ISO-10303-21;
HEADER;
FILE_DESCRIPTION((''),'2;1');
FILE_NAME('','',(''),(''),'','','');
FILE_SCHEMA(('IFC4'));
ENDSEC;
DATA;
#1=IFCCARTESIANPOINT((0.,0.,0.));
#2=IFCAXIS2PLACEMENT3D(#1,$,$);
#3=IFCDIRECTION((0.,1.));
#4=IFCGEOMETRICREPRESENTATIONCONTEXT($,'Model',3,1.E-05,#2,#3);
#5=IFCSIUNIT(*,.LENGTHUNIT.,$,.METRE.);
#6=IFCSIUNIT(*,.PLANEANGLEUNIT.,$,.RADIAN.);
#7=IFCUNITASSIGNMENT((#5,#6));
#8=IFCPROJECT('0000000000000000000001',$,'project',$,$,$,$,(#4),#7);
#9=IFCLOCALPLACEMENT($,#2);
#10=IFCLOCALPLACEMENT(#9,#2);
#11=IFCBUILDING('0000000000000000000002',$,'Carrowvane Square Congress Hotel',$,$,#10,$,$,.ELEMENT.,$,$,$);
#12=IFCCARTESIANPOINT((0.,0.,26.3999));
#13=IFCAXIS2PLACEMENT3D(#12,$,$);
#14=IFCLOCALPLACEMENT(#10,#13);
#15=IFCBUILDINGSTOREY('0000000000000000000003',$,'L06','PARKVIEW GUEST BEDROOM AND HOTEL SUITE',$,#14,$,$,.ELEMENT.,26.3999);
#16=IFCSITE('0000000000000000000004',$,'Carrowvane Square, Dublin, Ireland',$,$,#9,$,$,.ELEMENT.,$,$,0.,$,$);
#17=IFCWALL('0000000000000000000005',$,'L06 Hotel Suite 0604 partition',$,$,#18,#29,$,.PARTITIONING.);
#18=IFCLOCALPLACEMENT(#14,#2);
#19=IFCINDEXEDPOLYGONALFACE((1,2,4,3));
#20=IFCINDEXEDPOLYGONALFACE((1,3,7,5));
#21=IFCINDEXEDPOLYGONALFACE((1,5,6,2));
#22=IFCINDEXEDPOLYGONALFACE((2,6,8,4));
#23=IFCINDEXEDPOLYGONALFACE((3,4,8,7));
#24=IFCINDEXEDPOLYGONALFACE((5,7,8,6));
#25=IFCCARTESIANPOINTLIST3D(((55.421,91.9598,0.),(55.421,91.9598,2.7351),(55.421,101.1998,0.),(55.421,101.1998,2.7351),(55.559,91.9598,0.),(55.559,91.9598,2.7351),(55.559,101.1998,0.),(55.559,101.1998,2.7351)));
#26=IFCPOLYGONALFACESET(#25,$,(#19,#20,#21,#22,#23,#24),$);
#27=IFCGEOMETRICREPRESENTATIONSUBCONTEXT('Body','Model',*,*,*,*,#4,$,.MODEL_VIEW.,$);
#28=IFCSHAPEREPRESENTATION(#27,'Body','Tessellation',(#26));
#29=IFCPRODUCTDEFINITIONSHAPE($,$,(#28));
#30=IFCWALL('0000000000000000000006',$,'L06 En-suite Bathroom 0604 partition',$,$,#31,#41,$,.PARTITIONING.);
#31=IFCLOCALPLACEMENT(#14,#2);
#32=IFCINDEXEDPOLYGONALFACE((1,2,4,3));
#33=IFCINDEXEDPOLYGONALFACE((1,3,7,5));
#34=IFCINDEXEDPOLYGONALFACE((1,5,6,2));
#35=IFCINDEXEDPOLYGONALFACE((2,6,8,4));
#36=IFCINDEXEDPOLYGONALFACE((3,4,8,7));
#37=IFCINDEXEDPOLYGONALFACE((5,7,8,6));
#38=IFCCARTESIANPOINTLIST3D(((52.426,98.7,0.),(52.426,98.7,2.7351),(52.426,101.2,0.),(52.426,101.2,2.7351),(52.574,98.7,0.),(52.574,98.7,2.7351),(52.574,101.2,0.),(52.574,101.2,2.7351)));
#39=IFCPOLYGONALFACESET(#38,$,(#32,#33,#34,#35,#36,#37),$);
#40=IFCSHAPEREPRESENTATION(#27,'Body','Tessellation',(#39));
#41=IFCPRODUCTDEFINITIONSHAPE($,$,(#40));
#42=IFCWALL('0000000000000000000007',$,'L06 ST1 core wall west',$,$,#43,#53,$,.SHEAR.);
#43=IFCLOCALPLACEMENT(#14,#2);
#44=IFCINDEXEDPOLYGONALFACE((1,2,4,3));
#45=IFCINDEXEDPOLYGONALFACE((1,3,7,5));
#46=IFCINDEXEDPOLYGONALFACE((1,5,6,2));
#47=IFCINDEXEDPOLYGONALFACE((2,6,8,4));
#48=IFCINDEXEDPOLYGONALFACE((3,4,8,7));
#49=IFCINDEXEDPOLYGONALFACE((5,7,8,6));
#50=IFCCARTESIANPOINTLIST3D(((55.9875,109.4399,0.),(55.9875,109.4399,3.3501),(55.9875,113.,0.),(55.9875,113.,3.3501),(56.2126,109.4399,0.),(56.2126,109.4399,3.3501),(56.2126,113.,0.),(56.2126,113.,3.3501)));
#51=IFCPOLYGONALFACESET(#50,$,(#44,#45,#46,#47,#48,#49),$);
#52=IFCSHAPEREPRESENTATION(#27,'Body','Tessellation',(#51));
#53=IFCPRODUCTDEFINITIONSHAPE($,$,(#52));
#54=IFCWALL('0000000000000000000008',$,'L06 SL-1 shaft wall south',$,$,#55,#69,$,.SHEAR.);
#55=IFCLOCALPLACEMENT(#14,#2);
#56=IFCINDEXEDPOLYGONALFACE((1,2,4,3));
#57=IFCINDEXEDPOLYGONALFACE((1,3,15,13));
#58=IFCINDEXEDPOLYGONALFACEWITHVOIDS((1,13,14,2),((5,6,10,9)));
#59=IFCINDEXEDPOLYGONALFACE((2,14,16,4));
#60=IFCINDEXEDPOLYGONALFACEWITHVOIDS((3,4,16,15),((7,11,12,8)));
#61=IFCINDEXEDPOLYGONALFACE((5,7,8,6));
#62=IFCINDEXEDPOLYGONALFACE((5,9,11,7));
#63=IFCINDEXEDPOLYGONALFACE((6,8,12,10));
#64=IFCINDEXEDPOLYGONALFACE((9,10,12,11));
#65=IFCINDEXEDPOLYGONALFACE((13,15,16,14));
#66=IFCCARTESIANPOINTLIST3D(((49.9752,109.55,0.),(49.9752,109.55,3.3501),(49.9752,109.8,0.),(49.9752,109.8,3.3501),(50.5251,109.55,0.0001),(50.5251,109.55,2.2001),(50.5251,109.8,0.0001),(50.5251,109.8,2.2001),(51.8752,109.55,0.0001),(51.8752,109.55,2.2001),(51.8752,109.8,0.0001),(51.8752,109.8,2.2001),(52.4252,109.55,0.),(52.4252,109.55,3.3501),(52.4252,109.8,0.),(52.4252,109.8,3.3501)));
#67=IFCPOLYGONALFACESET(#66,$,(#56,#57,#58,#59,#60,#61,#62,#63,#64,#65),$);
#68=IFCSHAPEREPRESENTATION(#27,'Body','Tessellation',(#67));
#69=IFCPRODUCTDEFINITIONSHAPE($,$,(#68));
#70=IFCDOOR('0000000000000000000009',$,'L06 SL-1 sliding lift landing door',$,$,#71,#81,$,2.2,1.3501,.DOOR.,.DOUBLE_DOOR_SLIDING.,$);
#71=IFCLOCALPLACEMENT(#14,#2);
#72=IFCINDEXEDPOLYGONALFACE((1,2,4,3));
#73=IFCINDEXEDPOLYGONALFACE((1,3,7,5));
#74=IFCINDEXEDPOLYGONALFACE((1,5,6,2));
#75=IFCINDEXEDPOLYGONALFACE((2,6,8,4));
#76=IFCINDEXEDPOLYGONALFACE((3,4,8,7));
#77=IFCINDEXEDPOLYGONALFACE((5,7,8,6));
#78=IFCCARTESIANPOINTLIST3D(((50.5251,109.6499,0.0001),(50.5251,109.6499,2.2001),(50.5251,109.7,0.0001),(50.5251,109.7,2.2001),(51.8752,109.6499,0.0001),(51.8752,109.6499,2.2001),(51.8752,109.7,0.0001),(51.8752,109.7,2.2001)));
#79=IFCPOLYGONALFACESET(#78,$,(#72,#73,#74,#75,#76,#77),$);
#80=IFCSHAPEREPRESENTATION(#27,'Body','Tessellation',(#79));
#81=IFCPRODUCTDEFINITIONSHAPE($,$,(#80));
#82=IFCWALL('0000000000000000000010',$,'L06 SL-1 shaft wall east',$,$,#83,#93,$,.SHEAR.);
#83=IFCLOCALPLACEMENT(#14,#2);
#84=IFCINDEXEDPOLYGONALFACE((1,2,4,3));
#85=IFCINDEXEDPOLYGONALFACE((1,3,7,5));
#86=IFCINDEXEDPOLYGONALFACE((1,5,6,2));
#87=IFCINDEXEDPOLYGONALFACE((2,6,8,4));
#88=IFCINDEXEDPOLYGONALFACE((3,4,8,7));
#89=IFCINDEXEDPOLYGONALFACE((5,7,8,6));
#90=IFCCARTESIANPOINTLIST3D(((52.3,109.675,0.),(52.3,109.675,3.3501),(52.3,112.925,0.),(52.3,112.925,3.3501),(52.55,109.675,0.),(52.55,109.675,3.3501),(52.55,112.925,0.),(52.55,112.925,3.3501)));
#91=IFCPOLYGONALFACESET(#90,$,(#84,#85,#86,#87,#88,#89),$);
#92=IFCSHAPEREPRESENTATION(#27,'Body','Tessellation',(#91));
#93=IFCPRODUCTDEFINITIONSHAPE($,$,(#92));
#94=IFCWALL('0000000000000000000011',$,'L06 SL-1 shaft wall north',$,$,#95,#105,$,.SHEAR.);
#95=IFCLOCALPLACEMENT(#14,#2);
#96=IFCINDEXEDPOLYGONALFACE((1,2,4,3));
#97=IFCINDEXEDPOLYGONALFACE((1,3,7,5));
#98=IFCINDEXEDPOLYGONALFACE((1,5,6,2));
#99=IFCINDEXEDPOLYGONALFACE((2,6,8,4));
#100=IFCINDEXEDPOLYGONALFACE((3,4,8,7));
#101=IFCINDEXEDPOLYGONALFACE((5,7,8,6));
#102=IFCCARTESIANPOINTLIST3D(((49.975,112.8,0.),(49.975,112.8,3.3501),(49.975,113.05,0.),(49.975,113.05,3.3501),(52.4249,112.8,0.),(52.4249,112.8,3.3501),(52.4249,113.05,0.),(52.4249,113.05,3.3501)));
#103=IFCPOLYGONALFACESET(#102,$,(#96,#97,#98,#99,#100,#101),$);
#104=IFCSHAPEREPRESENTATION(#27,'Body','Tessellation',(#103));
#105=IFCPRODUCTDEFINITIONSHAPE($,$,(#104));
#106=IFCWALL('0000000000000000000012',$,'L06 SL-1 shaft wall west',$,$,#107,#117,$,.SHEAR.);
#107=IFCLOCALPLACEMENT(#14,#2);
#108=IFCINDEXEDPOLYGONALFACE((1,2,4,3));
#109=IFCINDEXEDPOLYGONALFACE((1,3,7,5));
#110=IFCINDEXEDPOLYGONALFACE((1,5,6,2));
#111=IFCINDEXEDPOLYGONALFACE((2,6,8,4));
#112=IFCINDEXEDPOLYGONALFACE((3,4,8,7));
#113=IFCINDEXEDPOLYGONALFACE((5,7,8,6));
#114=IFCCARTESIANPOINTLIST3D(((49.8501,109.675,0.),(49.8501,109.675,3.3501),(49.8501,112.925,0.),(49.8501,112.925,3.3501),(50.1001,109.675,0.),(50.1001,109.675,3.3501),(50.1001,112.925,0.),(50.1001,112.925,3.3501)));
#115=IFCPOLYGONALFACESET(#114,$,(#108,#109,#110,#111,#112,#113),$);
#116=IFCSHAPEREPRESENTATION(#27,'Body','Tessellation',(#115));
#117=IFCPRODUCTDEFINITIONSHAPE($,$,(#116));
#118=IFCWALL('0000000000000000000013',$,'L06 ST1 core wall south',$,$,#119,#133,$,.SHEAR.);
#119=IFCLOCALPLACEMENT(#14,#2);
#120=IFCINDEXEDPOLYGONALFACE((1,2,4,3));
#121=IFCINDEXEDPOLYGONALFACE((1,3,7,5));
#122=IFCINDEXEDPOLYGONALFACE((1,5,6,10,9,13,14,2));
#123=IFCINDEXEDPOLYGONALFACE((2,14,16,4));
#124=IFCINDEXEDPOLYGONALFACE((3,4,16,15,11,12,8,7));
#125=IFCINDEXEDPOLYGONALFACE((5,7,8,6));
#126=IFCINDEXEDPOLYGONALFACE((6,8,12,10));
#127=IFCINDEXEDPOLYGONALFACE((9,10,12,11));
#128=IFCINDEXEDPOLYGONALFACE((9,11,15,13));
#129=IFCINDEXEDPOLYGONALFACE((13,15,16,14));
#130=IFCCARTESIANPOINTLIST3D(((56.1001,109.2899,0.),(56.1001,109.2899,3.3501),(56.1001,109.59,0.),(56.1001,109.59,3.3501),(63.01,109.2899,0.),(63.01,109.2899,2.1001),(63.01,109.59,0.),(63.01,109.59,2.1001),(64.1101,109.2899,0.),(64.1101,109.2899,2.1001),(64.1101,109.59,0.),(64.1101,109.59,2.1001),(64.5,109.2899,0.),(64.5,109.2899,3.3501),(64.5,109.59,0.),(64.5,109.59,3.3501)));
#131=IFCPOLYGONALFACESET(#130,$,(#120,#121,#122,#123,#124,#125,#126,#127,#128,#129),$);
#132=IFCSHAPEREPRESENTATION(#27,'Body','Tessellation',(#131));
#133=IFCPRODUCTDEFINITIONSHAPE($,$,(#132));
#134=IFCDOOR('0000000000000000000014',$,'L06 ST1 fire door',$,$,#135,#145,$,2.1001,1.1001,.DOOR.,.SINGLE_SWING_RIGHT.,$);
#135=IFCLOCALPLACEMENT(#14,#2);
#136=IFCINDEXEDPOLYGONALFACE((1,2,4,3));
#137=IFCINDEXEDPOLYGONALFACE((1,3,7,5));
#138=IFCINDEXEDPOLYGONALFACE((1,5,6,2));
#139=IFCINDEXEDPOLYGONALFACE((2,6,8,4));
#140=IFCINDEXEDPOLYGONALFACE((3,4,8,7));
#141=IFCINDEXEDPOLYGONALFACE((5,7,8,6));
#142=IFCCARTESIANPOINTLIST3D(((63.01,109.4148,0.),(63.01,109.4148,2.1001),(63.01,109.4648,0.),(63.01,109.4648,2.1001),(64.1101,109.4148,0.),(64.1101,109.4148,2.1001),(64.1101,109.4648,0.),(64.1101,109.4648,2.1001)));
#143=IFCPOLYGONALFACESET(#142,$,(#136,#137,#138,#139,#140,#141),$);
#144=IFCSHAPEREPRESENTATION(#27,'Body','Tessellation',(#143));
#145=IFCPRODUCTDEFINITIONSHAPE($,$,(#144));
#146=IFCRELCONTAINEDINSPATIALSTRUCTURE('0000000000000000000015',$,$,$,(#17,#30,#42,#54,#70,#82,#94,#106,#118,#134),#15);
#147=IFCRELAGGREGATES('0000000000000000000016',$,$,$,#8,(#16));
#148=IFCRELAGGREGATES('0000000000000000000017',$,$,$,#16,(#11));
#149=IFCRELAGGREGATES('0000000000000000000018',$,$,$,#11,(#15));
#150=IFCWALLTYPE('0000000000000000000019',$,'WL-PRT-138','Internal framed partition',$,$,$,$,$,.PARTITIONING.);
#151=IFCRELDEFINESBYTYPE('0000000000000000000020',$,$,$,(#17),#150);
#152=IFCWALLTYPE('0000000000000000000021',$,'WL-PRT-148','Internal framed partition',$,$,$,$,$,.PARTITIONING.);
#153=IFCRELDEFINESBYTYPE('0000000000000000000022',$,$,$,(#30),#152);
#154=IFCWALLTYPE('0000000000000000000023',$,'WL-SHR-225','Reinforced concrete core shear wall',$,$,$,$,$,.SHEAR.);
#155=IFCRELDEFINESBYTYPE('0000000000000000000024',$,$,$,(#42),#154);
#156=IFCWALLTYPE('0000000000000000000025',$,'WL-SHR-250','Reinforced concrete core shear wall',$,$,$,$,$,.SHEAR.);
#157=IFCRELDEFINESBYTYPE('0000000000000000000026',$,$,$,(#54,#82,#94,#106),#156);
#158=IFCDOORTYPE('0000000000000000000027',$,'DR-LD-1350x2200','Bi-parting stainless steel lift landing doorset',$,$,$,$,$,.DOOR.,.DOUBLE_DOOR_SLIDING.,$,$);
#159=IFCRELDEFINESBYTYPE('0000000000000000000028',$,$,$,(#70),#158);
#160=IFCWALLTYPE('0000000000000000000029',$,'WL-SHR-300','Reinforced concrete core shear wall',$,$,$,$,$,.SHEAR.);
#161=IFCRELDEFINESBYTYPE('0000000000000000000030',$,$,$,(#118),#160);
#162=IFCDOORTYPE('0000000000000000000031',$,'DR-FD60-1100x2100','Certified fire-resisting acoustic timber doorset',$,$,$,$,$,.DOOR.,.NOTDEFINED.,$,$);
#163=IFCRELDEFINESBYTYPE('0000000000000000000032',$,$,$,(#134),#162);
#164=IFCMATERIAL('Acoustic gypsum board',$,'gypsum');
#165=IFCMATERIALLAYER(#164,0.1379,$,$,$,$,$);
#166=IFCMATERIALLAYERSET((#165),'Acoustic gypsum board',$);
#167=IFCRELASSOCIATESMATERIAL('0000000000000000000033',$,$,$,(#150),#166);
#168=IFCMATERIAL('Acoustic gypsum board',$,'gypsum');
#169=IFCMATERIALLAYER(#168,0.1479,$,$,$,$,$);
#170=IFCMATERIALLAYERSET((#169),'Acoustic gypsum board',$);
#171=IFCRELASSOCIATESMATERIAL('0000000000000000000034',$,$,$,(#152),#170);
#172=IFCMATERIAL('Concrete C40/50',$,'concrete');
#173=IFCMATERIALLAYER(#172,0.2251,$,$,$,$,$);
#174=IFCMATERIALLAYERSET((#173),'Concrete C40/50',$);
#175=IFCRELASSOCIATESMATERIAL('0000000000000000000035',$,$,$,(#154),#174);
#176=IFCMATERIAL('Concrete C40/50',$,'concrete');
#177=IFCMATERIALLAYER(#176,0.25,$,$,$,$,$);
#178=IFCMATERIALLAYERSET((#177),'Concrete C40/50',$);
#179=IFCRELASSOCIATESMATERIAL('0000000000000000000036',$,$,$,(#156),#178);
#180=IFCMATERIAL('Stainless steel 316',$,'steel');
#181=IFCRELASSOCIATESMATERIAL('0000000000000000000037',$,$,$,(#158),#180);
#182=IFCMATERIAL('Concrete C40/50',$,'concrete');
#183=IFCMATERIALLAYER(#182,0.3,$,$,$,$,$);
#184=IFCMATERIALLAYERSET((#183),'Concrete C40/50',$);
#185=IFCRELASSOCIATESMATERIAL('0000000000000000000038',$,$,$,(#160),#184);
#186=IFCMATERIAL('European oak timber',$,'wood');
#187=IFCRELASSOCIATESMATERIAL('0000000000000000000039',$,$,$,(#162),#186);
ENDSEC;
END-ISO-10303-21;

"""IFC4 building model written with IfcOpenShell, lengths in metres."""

from ifc_helpers import new_model, si_unit, direction, frame, frame_2d, origin, place, context, subcontext, project, spatial, rectangle, extrude, material, layer, layer_set, type_object, element, fill, save


model = new_model("IFC4")

# Units and contexts
model_context = context("Model", 3, precision=1e-05, world=origin(), true_north=direction((0.0, 1.0)))
body_context = subcontext(model_context, "Body", "Model", "MODEL_VIEW")
ifc_project = project(units=[si_unit("LENGTHUNIT", "METRE"), si_unit("PLANEANGLEUNIT", "RADIAN")], contexts=[model_context])

# Site, building, storey
site_placement = place(None, origin())
site = spatial("IfcSite", under=ifc_project, at=site_placement, Name="Carrowvane Square, Dublin, Ireland", CompositionType="ELEMENT", RefElevation=0.0)
building_placement = place(site_placement, origin())
building = spatial("IfcBuilding", under=site, at=building_placement, Name="Carrowvane Square Congress Hotel", CompositionType="ELEMENT")
storey_placement = place(building_placement, frame((0.0, 0.0, 26.3999)))
storey = spatial("IfcBuildingStorey", under=building, at=storey_placement, Name="L06", Description="PARKVIEW GUEST BEDROOM AND HOTEL SUITE", CompositionType="ELEMENT", Elevation=26.3999)

# Walls
ifc_material_1 = material(Name="Acoustic gypsum board", Category="gypsum")
ifc_layer_1 = layer(ifc_material_1, 0.1379)
ifc_layer_set_1 = layer_set([ifc_layer_1], Name="Acoustic gypsum board")
wall_type_1 = type_object("IfcWallType", Name="WL-PRT-138", Description="Internal framed partition", PredefinedType="PARTITIONING", material=ifc_layer_set_1)
for number, where, z_axis, x_axis, name in (
    (1, (55.49, 101.2, 0.0), (0.0, 0.0, 1.0), (0.0, -1.0, 0.0), "L06 Hotel Suite 0604 partition"),
):
    element("IfcWall", number, at=place(storey_placement, frame(where, z_axis=z_axis, x_axis=x_axis)), inside=storey, type_object=wall_type_1, Name=name, PredefinedType="PARTITIONING", context=body_context, shape_type="SweptSolid", body=[
        extrude(rectangle(XDim=9.24, YDim=0.1379, at=frame_2d((4.6201, 0.0))), origin(), (0.0, 0.0, 1.0), 2.7351),
    ])
ifc_material_2 = material(Name="Acoustic gypsum board", Category="gypsum")
ifc_layer_2 = layer(ifc_material_2, 0.1479)
ifc_layer_set_2 = layer_set([ifc_layer_2], Name="Acoustic gypsum board")
wall_type_2 = type_object("IfcWallType", Name="WL-PRT-148", Description="Internal framed partition", PredefinedType="PARTITIONING", material=ifc_layer_set_2)
wall_1_placement = place(storey_placement, frame((52.5, 101.2, 0.0), z_axis=(0.0, 0.0, 1.0), x_axis=(0.0, -1.0, 0.0)))
element("IfcWall", 2, at=wall_1_placement, inside=storey, type_object=wall_type_2, Name="L06 En-suite Bathroom 0604 partition", PredefinedType="PARTITIONING", context=body_context, shape_type="SweptSolid", body=[
    extrude(rectangle(XDim=2.5, YDim=0.1479, at=frame_2d((1.25, 0.0))), origin(), (0.0, 0.0, 1.0), 2.7351),
])
ifc_material_3 = material(Name="Concrete C40/50", Category="concrete")
ifc_layer_3 = layer(ifc_material_3, 0.2251)
ifc_layer_set_3 = layer_set([ifc_layer_3], Name="Concrete C40/50")
wall_type_3 = type_object("IfcWallType", Name="WL-SHR-225", Description="Reinforced concrete core shear wall", PredefinedType="SHEAR", material=ifc_layer_set_3)
wall_2_placement = place(storey_placement, frame((56.1001, 113.0, 0.0), z_axis=(0.0, 0.0, 1.0), x_axis=(0.0, -1.0, 0.0)))
element("IfcWall", 3, at=wall_2_placement, inside=storey, type_object=wall_type_3, Name="L06 ST1 core wall west", PredefinedType="SHEAR", context=body_context, shape_type="SweptSolid", body=[
    extrude(rectangle(XDim=3.5601, YDim=0.2251, at=frame_2d((1.78, 0.0))), origin(), (0.0, 0.0, 1.0), 3.3501),
])

# Wall, opening, door
ifc_material_4 = material(Name="Concrete C40/50", Category="concrete")
ifc_layer_4 = layer(ifc_material_4, 0.25)
ifc_layer_set_4 = layer_set([ifc_layer_4], Name="Concrete C40/50")
wall_type_4 = type_object("IfcWallType", Name="WL-SHR-250", Description="Reinforced concrete core shear wall", PredefinedType="SHEAR", material=ifc_layer_set_4)
wall_3_placement = place(storey_placement, frame((49.9751, 109.675, 0.0), z_axis=(0.0, 0.0, 1.0), x_axis=(1.0, 0.0, 0.0)))
wall_3 = element("IfcWall", 4, at=wall_3_placement, inside=storey, type_object=wall_type_4, Name="L06 SL-1 shaft wall south", PredefinedType="SHEAR", context=body_context, shape_type="SweptSolid", body=[
    extrude(rectangle(XDim=2.45, YDim=0.25, at=frame_2d((1.2251, 0.0))), origin(), (0.0, 0.0, 1.0), 3.3501),
])
opening_1_placement = place(wall_3_placement, frame((0.55, 0.0, 0.0)))
opening_1 = element("IfcOpeningElement", 5, at=opening_1_placement, cuts=wall_3, PredefinedType="OPENING", context=body_context, shape_type="SweptSolid", body=[
    extrude(rectangle(XDim=1.3501, YDim=2.2, at=frame_2d((0.675, 1.1001))), frame((0.0, 0.135, 0.0), z_axis=(0.0, -1.0, 0.0), x_axis=(1.0, 0.0, 0.0)), (0.0, 0.0, 1.0), 0.27),
])
ifc_material_5 = material(Name="Stainless steel 316", Category="steel")
door_type_1 = type_object("IfcDoorType", Name="DR-LD-1350x2200", Description="Bi-parting stainless steel lift landing doorset", OperationType="DOUBLE_DOOR_SLIDING", PredefinedType="DOOR", material=ifc_material_5)
door_1_placement = place(opening_1_placement, origin())
door_1 = element("IfcDoor", 6, at=door_1_placement, inside=storey, type_object=door_type_1, Name="L06 SL-1 sliding lift landing door", OperationType="DOUBLE_DOOR_SLIDING", OverallHeight=2.2, OverallWidth=1.3501, PredefinedType="DOOR", context=body_context, shape_type="SweptSolid", body=[
    extrude(rectangle(XDim=1.3501, YDim=2.2, at=frame_2d((0.675, 1.1001))), frame((0.0, 0.0249, 0.0), z_axis=(0.0, -1.0, 0.0), x_axis=(1.0, 0.0, 0.0)), (0.0, 0.0, 1.0), 0.05),
])
fill(opening_1, door_1)

# Walls
wall_4_placement = place(storey_placement, frame((52.425, 109.675, 0.0), z_axis=(0.0, 0.0, 1.0), x_axis=(0.0, 1.0, 0.0)))
element("IfcWall", 7, at=wall_4_placement, inside=storey, type_object=wall_type_4, Name="L06 SL-1 shaft wall east", PredefinedType="SHEAR", context=body_context, shape_type="SweptSolid", body=[
    extrude(rectangle(XDim=3.25, YDim=0.25, at=frame_2d((1.625, 0.0))), origin(), (0.0, 0.0, 1.0), 3.3501),
])
wall_5_placement = place(storey_placement, frame((52.425, 112.925, 0.0), z_axis=(0.0, 0.0, 1.0), x_axis=(-1.0, 0.0, 0.0)))
element("IfcWall", 8, at=wall_5_placement, inside=storey, type_object=wall_type_4, Name="L06 SL-1 shaft wall north", PredefinedType="SHEAR", context=body_context, shape_type="SweptSolid", body=[
    extrude(rectangle(XDim=2.45, YDim=0.25, at=frame_2d((1.2251, 0.0))), origin(), (0.0, 0.0, 1.0), 3.3501),
])
wall_6_placement = place(storey_placement, frame((49.9751, 112.925, 0.0), z_axis=(0.0, 0.0, 1.0), x_axis=(0.0, -1.0, 0.0)))
element("IfcWall", 9, at=wall_6_placement, inside=storey, type_object=wall_type_4, Name="L06 SL-1 shaft wall west", PredefinedType="SHEAR", context=body_context, shape_type="SweptSolid", body=[
    extrude(rectangle(XDim=3.25, YDim=0.25, at=frame_2d((1.625, 0.0))), origin(), (0.0, 0.0, 1.0), 3.3501),
])

# Wall, opening, door
ifc_material_6 = material(Name="Concrete C40/50", Category="concrete")
ifc_layer_5 = layer(ifc_material_6, 0.3)
ifc_layer_set_5 = layer_set([ifc_layer_5], Name="Concrete C40/50")
wall_type_5 = type_object("IfcWallType", Name="WL-SHR-300", Description="Reinforced concrete core shear wall", PredefinedType="SHEAR", material=ifc_layer_set_5)
wall_7_placement = place(storey_placement, frame((56.1001, 109.4399, 0.0), z_axis=(0.0, 0.0, 1.0), x_axis=(1.0, 0.0, 0.0)))
wall_7 = element("IfcWall", 10, at=wall_7_placement, inside=storey, type_object=wall_type_5, Name="L06 ST1 core wall south", PredefinedType="SHEAR", context=body_context, shape_type="SweptSolid", body=[
    extrude(rectangle(XDim=8.3999, YDim=0.3, at=frame_2d((4.2, 0.0))), origin(), (0.0, 0.0, 1.0), 3.3501),
])
opening_2_placement = place(wall_7_placement, frame((6.9099, 0.0, 0.0)))
opening_2 = element("IfcOpeningElement", 11, at=opening_2_placement, cuts=wall_7, PredefinedType="OPENING", context=body_context, shape_type="SweptSolid", body=[
    extrude(rectangle(XDim=1.1001, YDim=2.1001, at=frame_2d((0.55, 1.05))), frame((0.0, 0.1599, 0.0), z_axis=(0.0, -1.0, 0.0), x_axis=(1.0, 0.0, 0.0)), (0.0, 0.0, 1.0), 0.3201),
])
ifc_material_7 = material(Name="European oak timber", Category="wood")
door_type_2 = type_object("IfcDoorType", Name="DR-FD60-1100x2100", Description="Certified fire-resisting acoustic timber doorset", OperationType="NOTDEFINED", PredefinedType="DOOR", material=ifc_material_7)
door_2_placement = place(opening_2_placement, origin())
door_2 = element("IfcDoor", 12, at=door_2_placement, inside=storey, type_object=door_type_2, Name="L06 ST1 fire door", OperationType="SINGLE_SWING_RIGHT", OverallHeight=2.1001, OverallWidth=1.1001, PredefinedType="DOOR", context=body_context, shape_type="SweptSolid", body=[
    extrude(rectangle(XDim=1.1001, YDim=2.1001, at=frame_2d((0.55, 1.05))), frame((0.0, 0.0249, 0.0), z_axis=(0.0, -1.0, 0.0), x_axis=(1.0, 0.0, 0.0)), (0.0, 0.0, 1.0), 0.05),
])
fill(opening_2, door_2)

save(model, "model.ifc")
